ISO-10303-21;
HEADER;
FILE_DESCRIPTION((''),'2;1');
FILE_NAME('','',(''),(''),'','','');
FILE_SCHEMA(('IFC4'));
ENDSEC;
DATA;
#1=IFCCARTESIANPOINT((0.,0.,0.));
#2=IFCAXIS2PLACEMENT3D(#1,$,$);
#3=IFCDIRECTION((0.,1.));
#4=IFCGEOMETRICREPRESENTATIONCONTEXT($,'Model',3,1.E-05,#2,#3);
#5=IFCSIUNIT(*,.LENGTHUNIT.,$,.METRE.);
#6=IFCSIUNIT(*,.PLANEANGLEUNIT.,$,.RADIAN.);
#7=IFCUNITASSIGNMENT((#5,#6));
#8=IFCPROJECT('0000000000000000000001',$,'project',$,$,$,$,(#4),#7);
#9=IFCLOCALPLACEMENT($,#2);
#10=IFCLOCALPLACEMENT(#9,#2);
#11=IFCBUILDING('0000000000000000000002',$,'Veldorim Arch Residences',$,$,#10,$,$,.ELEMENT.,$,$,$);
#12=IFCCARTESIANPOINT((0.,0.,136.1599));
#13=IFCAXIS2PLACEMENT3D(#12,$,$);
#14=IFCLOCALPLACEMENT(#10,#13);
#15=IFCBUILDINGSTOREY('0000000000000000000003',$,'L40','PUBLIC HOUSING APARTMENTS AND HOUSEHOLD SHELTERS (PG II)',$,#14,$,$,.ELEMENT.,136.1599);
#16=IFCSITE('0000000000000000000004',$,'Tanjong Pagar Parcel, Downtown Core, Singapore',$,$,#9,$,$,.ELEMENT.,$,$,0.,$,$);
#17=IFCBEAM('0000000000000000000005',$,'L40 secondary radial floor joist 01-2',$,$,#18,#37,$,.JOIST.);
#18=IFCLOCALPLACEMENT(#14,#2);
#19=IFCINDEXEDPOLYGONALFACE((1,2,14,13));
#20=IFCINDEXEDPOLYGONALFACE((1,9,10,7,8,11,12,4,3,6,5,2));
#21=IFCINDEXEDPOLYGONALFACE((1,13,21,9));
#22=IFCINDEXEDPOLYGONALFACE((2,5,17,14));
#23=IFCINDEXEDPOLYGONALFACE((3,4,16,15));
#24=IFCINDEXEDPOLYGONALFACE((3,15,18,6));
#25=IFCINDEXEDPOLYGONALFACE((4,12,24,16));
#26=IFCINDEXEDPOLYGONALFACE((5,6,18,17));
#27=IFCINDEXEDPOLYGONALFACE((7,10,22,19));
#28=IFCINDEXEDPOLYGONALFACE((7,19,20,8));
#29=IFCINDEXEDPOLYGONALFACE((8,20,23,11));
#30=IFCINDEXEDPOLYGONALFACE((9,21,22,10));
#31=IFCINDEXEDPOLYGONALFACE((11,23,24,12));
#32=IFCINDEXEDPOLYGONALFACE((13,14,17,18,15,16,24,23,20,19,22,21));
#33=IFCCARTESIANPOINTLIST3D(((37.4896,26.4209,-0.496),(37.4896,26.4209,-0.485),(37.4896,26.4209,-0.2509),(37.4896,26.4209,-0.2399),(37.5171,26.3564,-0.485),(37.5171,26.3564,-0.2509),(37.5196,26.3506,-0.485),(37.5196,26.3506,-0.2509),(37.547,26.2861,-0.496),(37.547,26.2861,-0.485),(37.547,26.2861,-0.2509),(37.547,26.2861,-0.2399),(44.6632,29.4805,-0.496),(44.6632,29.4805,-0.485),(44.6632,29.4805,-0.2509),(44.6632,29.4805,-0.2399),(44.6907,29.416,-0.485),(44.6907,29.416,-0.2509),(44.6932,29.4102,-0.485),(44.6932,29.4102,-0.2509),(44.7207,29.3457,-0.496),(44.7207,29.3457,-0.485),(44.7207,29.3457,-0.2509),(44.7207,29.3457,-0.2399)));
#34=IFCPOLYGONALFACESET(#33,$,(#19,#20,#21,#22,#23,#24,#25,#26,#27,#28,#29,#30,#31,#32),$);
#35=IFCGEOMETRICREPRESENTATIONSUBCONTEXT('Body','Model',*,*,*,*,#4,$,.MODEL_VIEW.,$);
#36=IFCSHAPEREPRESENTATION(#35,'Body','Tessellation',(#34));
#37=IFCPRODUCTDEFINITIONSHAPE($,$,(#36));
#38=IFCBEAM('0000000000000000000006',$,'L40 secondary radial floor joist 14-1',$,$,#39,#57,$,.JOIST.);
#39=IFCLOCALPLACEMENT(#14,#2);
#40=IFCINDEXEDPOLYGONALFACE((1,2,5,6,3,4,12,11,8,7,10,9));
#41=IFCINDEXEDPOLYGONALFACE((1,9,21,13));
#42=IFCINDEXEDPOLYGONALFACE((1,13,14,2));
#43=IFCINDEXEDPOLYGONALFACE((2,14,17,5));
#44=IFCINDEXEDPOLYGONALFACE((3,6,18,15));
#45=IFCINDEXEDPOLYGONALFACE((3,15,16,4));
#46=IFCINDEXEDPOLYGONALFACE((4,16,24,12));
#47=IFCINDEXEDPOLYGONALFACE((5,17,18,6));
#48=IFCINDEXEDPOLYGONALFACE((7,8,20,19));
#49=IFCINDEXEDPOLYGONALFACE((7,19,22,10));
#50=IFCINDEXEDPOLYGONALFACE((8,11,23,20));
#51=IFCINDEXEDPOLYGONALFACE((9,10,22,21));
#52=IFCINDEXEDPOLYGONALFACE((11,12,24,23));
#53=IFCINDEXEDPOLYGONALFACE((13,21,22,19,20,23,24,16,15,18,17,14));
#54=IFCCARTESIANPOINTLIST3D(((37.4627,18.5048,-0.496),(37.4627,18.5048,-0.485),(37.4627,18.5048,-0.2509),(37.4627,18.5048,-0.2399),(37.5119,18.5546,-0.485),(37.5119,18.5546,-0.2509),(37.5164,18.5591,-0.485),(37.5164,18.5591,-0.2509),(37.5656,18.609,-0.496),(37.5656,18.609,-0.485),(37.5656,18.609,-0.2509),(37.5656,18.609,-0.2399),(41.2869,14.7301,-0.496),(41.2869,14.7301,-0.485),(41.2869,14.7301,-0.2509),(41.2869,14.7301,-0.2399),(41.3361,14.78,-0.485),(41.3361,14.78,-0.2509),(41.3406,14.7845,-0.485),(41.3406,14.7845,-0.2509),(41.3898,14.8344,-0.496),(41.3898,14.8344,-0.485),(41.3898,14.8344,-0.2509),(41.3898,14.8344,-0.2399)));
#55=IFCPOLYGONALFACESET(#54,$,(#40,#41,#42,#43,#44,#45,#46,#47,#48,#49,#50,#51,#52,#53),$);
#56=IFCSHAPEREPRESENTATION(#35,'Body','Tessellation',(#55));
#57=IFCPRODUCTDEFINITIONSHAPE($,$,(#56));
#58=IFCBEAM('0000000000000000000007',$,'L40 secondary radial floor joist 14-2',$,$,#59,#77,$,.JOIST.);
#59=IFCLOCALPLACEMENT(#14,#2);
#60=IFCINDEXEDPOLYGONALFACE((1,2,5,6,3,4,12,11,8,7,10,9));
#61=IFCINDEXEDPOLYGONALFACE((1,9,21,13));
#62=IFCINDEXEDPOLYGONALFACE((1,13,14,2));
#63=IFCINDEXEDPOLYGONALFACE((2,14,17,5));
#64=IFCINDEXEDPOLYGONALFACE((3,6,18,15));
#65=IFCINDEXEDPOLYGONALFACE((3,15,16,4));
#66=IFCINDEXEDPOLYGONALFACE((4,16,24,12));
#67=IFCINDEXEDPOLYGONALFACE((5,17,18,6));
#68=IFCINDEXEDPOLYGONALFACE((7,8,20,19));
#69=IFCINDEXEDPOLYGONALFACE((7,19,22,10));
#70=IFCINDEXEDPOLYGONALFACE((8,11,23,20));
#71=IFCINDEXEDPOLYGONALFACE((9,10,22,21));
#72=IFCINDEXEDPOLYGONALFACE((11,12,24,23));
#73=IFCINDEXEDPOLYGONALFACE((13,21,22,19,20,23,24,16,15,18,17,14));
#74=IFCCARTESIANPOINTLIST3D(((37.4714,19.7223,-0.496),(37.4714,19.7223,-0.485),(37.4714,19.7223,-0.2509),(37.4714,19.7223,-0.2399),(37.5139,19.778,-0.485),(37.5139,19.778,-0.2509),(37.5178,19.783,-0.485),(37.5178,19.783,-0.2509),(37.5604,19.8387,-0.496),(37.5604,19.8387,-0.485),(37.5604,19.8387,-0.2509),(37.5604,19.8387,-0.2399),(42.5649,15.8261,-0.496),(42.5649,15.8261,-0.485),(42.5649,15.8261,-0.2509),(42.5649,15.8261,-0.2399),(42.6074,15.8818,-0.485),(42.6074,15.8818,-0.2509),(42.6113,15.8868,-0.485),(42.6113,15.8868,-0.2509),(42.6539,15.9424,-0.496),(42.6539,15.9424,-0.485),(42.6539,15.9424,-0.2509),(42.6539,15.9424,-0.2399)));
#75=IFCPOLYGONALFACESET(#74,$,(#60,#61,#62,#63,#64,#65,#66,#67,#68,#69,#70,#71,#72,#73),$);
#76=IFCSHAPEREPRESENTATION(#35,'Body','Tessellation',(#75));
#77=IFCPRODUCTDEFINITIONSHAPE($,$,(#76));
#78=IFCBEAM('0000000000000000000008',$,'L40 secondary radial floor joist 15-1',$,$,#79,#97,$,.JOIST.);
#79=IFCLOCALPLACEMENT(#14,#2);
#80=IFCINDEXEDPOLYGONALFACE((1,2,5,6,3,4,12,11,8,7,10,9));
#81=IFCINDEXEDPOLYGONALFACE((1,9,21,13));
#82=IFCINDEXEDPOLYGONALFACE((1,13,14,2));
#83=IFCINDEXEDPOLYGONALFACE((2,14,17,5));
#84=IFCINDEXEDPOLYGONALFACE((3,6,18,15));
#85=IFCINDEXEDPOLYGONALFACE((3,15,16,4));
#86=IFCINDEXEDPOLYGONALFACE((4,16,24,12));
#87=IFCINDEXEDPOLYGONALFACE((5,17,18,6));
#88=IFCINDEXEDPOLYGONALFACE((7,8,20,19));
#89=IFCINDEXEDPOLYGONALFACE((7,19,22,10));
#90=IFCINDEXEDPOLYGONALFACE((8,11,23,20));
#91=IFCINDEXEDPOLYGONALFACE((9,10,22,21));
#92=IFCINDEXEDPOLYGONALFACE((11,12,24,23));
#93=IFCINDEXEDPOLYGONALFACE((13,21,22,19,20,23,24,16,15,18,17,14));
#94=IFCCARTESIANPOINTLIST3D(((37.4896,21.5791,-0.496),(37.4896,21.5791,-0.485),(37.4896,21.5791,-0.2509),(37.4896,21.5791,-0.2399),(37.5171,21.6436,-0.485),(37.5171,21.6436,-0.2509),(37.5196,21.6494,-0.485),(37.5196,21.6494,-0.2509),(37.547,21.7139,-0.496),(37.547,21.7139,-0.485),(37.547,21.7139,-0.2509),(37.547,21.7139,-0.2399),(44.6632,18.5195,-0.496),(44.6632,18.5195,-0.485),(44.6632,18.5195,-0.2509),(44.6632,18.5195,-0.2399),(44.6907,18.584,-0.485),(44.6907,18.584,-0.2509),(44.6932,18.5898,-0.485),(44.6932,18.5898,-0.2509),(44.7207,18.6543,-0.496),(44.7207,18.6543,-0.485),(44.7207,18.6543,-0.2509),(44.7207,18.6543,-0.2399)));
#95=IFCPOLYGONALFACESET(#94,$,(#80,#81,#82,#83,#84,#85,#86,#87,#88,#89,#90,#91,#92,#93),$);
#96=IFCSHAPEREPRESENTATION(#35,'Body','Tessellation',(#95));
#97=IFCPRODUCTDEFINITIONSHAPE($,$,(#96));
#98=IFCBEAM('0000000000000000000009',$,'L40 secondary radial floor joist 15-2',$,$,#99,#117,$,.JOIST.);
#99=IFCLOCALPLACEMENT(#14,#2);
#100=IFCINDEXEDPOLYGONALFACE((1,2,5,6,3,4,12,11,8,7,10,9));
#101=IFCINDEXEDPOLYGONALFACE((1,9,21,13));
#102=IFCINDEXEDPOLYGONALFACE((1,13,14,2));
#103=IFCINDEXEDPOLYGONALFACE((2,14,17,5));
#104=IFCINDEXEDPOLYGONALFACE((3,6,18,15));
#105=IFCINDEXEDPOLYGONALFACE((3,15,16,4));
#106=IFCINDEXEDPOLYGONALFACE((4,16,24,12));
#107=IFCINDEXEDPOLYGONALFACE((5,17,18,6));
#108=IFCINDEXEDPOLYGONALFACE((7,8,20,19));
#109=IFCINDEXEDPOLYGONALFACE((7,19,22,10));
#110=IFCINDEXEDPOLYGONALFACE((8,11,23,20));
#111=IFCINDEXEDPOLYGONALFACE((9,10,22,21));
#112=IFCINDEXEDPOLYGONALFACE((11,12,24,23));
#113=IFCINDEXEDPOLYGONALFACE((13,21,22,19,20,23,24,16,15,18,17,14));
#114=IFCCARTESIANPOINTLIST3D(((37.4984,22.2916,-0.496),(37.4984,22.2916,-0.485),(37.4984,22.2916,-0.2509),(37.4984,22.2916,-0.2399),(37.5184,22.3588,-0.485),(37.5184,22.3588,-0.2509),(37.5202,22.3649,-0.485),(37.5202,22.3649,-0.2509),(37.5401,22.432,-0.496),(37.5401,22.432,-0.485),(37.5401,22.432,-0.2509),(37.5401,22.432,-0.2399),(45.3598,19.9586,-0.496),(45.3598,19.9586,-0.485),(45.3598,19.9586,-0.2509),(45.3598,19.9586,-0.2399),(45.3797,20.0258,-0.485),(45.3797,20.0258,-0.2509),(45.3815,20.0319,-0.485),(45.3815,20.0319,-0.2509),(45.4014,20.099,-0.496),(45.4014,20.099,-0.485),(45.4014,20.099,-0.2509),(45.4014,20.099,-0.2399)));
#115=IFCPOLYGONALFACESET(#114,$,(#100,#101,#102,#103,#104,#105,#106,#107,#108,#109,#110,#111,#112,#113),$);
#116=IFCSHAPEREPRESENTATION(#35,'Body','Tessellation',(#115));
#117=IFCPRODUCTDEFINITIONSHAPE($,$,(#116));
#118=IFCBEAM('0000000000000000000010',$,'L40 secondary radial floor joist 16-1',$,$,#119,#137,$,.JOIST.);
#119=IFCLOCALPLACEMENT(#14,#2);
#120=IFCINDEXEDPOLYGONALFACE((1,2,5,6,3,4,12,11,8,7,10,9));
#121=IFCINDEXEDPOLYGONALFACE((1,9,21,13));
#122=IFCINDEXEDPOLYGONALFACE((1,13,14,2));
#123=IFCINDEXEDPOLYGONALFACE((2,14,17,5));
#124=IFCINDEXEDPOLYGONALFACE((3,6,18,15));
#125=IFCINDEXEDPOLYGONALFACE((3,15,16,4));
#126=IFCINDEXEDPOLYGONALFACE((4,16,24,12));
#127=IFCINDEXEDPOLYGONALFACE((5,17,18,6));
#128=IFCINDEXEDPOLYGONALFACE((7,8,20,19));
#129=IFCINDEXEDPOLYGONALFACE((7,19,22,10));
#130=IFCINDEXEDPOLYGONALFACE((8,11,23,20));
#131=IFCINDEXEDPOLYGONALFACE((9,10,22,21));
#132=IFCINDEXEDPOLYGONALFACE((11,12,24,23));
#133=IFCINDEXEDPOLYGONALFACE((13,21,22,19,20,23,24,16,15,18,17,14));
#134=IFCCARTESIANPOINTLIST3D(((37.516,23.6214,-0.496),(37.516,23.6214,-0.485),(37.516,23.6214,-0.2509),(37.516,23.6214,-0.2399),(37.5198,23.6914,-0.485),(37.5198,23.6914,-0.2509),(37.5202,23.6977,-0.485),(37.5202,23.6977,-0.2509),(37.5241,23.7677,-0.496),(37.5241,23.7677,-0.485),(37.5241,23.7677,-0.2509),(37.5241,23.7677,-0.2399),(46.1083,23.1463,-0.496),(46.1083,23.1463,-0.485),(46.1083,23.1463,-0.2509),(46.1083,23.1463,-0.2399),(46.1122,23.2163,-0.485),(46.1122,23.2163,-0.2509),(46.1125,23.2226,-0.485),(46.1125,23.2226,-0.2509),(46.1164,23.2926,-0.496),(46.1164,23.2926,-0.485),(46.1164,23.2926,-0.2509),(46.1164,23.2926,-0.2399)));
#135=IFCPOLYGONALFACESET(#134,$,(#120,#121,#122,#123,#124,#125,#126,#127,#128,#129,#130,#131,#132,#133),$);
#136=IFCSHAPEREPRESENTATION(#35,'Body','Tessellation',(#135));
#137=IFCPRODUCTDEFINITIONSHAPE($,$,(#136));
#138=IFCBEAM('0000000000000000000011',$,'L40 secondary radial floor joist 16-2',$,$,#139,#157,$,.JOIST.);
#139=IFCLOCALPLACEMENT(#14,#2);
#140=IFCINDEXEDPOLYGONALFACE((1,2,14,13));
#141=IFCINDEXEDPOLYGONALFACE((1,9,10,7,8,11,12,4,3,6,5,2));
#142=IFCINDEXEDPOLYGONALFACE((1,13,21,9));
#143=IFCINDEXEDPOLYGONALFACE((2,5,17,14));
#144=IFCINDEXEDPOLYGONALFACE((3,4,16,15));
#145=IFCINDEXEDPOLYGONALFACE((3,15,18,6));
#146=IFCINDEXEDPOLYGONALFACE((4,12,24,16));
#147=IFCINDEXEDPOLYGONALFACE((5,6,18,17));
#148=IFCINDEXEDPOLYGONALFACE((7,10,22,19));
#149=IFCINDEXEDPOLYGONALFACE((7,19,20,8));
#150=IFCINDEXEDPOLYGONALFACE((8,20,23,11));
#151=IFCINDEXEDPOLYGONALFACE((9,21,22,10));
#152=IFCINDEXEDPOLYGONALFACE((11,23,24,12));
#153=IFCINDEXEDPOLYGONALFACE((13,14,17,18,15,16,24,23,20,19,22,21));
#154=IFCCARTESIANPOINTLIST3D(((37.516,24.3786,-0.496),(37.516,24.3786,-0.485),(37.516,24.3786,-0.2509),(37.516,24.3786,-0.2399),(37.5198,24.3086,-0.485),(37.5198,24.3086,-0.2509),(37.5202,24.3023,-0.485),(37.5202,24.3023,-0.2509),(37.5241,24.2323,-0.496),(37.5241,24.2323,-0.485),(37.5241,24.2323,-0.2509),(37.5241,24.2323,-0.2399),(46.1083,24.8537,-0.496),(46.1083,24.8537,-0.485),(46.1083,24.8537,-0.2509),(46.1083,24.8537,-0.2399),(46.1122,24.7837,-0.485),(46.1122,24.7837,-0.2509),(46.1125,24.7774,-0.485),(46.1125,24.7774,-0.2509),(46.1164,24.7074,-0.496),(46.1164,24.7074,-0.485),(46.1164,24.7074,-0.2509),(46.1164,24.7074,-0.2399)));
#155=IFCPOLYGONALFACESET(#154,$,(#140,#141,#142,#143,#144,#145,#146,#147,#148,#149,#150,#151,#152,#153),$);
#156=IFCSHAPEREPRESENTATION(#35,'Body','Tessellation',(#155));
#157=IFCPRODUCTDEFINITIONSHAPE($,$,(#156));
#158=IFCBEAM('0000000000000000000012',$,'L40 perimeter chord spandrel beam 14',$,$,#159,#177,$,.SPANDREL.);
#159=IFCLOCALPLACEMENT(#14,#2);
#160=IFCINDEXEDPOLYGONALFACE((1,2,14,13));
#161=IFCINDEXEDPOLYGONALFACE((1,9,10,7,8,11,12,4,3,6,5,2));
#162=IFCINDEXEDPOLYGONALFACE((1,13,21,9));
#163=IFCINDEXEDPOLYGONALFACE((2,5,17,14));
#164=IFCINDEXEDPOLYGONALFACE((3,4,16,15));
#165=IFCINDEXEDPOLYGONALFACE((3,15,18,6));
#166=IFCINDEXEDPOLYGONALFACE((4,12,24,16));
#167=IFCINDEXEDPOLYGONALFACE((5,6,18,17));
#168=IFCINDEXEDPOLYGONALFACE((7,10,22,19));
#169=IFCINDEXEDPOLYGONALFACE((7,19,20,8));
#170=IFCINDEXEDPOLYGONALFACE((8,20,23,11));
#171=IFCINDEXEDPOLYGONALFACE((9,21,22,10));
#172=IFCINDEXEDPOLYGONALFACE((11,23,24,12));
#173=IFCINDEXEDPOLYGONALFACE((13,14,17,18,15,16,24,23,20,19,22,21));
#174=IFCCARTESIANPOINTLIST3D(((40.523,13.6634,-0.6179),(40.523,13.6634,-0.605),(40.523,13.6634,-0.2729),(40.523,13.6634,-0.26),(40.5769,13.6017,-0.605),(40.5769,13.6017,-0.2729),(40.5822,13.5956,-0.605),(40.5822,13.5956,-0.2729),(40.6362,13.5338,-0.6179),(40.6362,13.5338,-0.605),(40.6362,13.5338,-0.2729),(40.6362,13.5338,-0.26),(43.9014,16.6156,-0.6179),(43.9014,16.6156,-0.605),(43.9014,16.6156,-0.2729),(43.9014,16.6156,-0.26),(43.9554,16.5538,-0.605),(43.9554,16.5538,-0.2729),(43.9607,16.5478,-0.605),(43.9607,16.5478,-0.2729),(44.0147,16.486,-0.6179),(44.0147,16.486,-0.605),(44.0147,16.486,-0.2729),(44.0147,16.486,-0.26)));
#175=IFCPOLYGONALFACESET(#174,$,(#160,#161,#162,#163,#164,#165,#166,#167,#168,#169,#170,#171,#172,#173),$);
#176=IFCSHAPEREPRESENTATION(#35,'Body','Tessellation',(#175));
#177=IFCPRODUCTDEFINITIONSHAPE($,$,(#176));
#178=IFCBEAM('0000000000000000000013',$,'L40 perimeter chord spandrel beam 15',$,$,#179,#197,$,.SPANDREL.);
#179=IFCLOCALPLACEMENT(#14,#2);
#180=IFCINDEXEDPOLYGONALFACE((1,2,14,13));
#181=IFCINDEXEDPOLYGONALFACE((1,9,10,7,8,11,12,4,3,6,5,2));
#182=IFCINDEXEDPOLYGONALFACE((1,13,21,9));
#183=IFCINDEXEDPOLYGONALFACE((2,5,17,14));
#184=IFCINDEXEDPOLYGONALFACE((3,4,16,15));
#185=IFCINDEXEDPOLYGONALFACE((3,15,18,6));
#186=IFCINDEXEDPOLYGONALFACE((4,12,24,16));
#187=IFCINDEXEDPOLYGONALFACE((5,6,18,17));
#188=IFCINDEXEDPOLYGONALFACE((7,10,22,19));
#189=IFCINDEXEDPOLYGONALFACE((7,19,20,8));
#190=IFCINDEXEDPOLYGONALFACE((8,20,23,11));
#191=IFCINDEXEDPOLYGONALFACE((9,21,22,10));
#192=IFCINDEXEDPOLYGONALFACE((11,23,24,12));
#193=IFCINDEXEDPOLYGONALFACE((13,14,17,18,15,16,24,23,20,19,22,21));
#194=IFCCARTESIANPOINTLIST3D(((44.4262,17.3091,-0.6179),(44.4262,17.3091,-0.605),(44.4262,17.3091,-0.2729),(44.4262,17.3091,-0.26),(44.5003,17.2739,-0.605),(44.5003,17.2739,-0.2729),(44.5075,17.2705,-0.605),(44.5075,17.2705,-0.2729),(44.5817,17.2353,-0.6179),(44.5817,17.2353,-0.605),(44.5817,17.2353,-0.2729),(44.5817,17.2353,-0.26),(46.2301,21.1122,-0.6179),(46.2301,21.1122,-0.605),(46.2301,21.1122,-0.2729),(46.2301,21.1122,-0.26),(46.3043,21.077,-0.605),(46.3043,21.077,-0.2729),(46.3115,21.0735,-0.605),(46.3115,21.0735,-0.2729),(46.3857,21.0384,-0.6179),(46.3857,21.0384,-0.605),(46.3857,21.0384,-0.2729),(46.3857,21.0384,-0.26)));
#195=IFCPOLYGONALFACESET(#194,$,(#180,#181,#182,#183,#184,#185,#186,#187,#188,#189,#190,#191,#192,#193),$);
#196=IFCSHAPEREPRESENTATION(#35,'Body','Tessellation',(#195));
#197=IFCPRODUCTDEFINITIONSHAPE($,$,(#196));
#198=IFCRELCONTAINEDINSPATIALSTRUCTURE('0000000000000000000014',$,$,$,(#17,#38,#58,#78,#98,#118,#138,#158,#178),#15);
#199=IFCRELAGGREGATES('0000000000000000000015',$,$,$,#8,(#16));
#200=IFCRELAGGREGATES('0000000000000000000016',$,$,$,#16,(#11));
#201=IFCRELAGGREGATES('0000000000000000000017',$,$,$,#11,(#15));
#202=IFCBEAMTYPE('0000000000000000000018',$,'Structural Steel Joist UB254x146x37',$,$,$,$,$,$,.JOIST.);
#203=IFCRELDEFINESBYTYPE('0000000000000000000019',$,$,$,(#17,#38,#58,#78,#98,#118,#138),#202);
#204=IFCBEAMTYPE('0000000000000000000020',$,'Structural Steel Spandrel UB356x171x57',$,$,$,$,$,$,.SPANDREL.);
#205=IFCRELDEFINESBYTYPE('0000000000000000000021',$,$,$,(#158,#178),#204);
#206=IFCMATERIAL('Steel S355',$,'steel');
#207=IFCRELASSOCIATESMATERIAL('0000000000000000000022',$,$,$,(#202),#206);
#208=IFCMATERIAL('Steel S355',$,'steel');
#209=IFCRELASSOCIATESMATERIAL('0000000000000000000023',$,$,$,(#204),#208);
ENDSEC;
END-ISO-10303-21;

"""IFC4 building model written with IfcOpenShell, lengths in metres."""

from ifc_helpers import new_model, si_unit, direction, frame, origin, origin_2d, place, context, subcontext, project, spatial, i_section, extrude, material, material_profile, profile_set, type_object, element, save


model = new_model("IFC4")

# Units and contexts
model_context = context("Model", 3, precision=1e-05, world=origin(), true_north=direction((0.0, 1.0)))
body_context = subcontext(model_context, "Body", "Model", "MODEL_VIEW")
ifc_project = project(units=[si_unit("LENGTHUNIT", "METRE"), si_unit("PLANEANGLEUNIT", "RADIAN")], contexts=[model_context])

# Site, building, storey
site_placement = place(None, origin())
site = spatial("IfcSite", under=ifc_project, at=site_placement, Name="Tanjong Pagar Parcel, Downtown Core, Singapore", CompositionType="ELEMENT", RefElevation=0.0)
building_placement = place(site_placement, origin())
building = spatial("IfcBuilding", under=site, at=building_placement, Name="Veldorim Arch Residences", CompositionType="ELEMENT")
storey_placement = place(building_placement, frame((0.0, 0.0, 136.1599)))
storey = spatial("IfcBuildingStorey", under=building, at=storey_placement, Name="L40", Description="PUBLIC HOUSING APARTMENTS AND HOUSEHOLD SHELTERS (PG II)", CompositionType="ELEMENT", Elevation=136.1599)

# Beams
ifc_material_1 = material(Name="Steel S355", Category="steel")
ifc_material_profile_1 = material_profile(ifc_material_1, i_section(OverallWidth=0.1465, OverallDepth=0.2561, WebThickness=0.0063, FlangeThickness=0.011, at=origin_2d()), Name="UB254x146x37")
ifc_profile_set_1 = profile_set([ifc_material_profile_1], Name="Steel S355")
beam_type_1 = type_object("IfcBeamType", Name="Structural Steel Joist UB254x146x37", PredefinedType="JOIST", material=ifc_profile_set_1)
beam_1_placement = place(storey_placement, frame((37.5183, 26.3535, -0.3679), z_axis=(0.919832, 0.392313, 0.0), x_axis=(-0.392313, 0.919832, 0.0)))
element("IfcBeam", 1, at=beam_1_placement, inside=storey, type_object=beam_type_1, Name="L40 secondary radial floor joist 01-2", PredefinedType="JOIST", context=body_context, shape_type="SweptSolid", body=[
    extrude(i_section(OverallWidth=0.1465, OverallDepth=0.2561, WebThickness=0.0063, FlangeThickness=0.011, at=origin_2d()), origin(), (0.0, 0.0, 1.0), 7.7988),
])
beam_2_placement = place(storey_placement, frame((37.5142, 18.5569, -0.3679), z_axis=(0.711703, -0.70248, 0.0), x_axis=(0.70248, 0.711703, 0.0)))
element("IfcBeam", 2, at=beam_2_placement, inside=storey, type_object=beam_type_1, Name="L40 secondary radial floor joist 14-1", PredefinedType="JOIST", context=body_context, shape_type="SweptSolid", body=[
    extrude(i_section(OverallWidth=0.1465, OverallDepth=0.2561, WebThickness=0.0063, FlangeThickness=0.011, at=origin_2d()), origin(), (0.0, 0.0, 1.0), 5.3733),
])
beam_3_placement = place(storey_placement, frame((37.5159, 19.7805, -0.3679), z_axis=(0.794267, -0.607569, 0.0), x_axis=(0.607569, 0.794267, 0.0)))
element("IfcBeam", 3, at=beam_3_placement, inside=storey, type_object=beam_type_1, Name="L40 secondary radial floor joist 14-2", PredefinedType="JOIST", context=body_context, shape_type="SweptSolid", body=[
    extrude(i_section(OverallWidth=0.1465, OverallDepth=0.2561, WebThickness=0.0063, FlangeThickness=0.011, at=origin_2d()), origin(), (0.0, 0.0, 1.0), 6.4128),
])
beam_4_placement = place(storey_placement, frame((37.5183, 21.6465, -0.3679), z_axis=(0.919832, -0.392313, 0.0), x_axis=(0.392313, 0.919832, 0.0)))
element("IfcBeam", 4, at=beam_4_placement, inside=storey, type_object=beam_type_1, Name="L40 secondary radial floor joist 15-1", PredefinedType="JOIST", context=body_context, shape_type="SweptSolid", body=[
    extrude(i_section(OverallWidth=0.1465, OverallDepth=0.2561, WebThickness=0.0063, FlangeThickness=0.011, at=origin_2d()), origin(), (0.0, 0.0, 1.0), 7.7988),
])
beam_5_placement = place(storey_placement, frame((37.5193, 22.3618, -0.3679), z_axis=(0.958674, -0.284506, 0.0), x_axis=(0.284506, 0.958674, 0.0)))
element("IfcBeam", 5, at=beam_5_placement, inside=storey, type_object=beam_type_1, Name="L40 secondary radial floor joist 15-2", PredefinedType="JOIST", context=body_context, shape_type="SweptSolid", body=[
    extrude(i_section(OverallWidth=0.1465, OverallDepth=0.2561, WebThickness=0.0063, FlangeThickness=0.011, at=origin_2d()), origin(), (0.0, 0.0, 1.0), 8.2002),
])
for number, where, z_axis, x_axis, name in (
    (6, (37.52, 23.6946, -0.3679), (0.998475, -0.055209, 0.0), (0.055209, 0.998475, 0.0), "L40 secondary radial floor joist 16-1"),
    (7, (37.52, 24.3054, -0.3679), (0.998475, 0.055209, 0.0), (-0.055209, 0.998475, 0.0), "L40 secondary radial floor joist 16-2"),
):
    element("IfcBeam", number, at=place(storey_placement, frame(where, z_axis=z_axis, x_axis=x_axis)), inside=storey, type_object=beam_type_1, Name=name, PredefinedType="JOIST", context=body_context, shape_type="SweptSolid", body=[
        extrude(i_section(OverallWidth=0.1465, OverallDepth=0.2561, WebThickness=0.0063, FlangeThickness=0.011, at=origin_2d()), origin(), (0.0, 0.0, 1.0), 8.6055),
    ])
ifc_material_2 = material(Name="Steel S355", Category="steel")
ifc_material_profile_2 = material_profile(ifc_material_2, i_section(OverallWidth=0.1721, OverallDepth=0.3579, WebThickness=0.0081, FlangeThickness=0.0129, at=origin_2d()), Name="UB356x171x57")
ifc_profile_set_2 = profile_set([ifc_material_profile_2], Name="Steel S355")
beam_type_2 = type_object("IfcBeamType", Name="Structural Steel Spandrel UB356x171x57", PredefinedType="SPANDREL", material=ifc_profile_set_2)
beam_6_placement = place(storey_placement, frame((40.5796, 13.5986, -0.439), z_axis=(0.753015, 0.658004, 0.0), x_axis=(-0.658004, 0.753015, 0.0)))
element("IfcBeam", 8, at=beam_6_placement, inside=storey, type_object=beam_type_2, Name="L40 perimeter chord spandrel beam 14", PredefinedType="SPANDREL", context=body_context, shape_type="SweptSolid", body=[
    extrude(i_section(OverallWidth=0.1721, OverallDepth=0.3579, WebThickness=0.0081, FlangeThickness=0.0129, at=origin_2d()), origin(), (0.0, 0.0, 1.0), 4.4866),
])
beam_7_placement = place(storey_placement, frame((44.5039, 17.2722, -0.439), z_axis=(0.42858, 0.903504, 0.0), x_axis=(-0.903504, 0.42858, 0.0)))
element("IfcBeam", 9, at=beam_7_placement, inside=storey, type_object=beam_type_2, Name="L40 perimeter chord spandrel beam 15", PredefinedType="SPANDREL", context=body_context, shape_type="SweptSolid", body=[
    extrude(i_section(OverallWidth=0.1721, OverallDepth=0.3579, WebThickness=0.0081, FlangeThickness=0.0129, at=origin_2d()), origin(), (0.0, 0.0, 1.0), 4.2092),
])

save(model, "model.ifc")
